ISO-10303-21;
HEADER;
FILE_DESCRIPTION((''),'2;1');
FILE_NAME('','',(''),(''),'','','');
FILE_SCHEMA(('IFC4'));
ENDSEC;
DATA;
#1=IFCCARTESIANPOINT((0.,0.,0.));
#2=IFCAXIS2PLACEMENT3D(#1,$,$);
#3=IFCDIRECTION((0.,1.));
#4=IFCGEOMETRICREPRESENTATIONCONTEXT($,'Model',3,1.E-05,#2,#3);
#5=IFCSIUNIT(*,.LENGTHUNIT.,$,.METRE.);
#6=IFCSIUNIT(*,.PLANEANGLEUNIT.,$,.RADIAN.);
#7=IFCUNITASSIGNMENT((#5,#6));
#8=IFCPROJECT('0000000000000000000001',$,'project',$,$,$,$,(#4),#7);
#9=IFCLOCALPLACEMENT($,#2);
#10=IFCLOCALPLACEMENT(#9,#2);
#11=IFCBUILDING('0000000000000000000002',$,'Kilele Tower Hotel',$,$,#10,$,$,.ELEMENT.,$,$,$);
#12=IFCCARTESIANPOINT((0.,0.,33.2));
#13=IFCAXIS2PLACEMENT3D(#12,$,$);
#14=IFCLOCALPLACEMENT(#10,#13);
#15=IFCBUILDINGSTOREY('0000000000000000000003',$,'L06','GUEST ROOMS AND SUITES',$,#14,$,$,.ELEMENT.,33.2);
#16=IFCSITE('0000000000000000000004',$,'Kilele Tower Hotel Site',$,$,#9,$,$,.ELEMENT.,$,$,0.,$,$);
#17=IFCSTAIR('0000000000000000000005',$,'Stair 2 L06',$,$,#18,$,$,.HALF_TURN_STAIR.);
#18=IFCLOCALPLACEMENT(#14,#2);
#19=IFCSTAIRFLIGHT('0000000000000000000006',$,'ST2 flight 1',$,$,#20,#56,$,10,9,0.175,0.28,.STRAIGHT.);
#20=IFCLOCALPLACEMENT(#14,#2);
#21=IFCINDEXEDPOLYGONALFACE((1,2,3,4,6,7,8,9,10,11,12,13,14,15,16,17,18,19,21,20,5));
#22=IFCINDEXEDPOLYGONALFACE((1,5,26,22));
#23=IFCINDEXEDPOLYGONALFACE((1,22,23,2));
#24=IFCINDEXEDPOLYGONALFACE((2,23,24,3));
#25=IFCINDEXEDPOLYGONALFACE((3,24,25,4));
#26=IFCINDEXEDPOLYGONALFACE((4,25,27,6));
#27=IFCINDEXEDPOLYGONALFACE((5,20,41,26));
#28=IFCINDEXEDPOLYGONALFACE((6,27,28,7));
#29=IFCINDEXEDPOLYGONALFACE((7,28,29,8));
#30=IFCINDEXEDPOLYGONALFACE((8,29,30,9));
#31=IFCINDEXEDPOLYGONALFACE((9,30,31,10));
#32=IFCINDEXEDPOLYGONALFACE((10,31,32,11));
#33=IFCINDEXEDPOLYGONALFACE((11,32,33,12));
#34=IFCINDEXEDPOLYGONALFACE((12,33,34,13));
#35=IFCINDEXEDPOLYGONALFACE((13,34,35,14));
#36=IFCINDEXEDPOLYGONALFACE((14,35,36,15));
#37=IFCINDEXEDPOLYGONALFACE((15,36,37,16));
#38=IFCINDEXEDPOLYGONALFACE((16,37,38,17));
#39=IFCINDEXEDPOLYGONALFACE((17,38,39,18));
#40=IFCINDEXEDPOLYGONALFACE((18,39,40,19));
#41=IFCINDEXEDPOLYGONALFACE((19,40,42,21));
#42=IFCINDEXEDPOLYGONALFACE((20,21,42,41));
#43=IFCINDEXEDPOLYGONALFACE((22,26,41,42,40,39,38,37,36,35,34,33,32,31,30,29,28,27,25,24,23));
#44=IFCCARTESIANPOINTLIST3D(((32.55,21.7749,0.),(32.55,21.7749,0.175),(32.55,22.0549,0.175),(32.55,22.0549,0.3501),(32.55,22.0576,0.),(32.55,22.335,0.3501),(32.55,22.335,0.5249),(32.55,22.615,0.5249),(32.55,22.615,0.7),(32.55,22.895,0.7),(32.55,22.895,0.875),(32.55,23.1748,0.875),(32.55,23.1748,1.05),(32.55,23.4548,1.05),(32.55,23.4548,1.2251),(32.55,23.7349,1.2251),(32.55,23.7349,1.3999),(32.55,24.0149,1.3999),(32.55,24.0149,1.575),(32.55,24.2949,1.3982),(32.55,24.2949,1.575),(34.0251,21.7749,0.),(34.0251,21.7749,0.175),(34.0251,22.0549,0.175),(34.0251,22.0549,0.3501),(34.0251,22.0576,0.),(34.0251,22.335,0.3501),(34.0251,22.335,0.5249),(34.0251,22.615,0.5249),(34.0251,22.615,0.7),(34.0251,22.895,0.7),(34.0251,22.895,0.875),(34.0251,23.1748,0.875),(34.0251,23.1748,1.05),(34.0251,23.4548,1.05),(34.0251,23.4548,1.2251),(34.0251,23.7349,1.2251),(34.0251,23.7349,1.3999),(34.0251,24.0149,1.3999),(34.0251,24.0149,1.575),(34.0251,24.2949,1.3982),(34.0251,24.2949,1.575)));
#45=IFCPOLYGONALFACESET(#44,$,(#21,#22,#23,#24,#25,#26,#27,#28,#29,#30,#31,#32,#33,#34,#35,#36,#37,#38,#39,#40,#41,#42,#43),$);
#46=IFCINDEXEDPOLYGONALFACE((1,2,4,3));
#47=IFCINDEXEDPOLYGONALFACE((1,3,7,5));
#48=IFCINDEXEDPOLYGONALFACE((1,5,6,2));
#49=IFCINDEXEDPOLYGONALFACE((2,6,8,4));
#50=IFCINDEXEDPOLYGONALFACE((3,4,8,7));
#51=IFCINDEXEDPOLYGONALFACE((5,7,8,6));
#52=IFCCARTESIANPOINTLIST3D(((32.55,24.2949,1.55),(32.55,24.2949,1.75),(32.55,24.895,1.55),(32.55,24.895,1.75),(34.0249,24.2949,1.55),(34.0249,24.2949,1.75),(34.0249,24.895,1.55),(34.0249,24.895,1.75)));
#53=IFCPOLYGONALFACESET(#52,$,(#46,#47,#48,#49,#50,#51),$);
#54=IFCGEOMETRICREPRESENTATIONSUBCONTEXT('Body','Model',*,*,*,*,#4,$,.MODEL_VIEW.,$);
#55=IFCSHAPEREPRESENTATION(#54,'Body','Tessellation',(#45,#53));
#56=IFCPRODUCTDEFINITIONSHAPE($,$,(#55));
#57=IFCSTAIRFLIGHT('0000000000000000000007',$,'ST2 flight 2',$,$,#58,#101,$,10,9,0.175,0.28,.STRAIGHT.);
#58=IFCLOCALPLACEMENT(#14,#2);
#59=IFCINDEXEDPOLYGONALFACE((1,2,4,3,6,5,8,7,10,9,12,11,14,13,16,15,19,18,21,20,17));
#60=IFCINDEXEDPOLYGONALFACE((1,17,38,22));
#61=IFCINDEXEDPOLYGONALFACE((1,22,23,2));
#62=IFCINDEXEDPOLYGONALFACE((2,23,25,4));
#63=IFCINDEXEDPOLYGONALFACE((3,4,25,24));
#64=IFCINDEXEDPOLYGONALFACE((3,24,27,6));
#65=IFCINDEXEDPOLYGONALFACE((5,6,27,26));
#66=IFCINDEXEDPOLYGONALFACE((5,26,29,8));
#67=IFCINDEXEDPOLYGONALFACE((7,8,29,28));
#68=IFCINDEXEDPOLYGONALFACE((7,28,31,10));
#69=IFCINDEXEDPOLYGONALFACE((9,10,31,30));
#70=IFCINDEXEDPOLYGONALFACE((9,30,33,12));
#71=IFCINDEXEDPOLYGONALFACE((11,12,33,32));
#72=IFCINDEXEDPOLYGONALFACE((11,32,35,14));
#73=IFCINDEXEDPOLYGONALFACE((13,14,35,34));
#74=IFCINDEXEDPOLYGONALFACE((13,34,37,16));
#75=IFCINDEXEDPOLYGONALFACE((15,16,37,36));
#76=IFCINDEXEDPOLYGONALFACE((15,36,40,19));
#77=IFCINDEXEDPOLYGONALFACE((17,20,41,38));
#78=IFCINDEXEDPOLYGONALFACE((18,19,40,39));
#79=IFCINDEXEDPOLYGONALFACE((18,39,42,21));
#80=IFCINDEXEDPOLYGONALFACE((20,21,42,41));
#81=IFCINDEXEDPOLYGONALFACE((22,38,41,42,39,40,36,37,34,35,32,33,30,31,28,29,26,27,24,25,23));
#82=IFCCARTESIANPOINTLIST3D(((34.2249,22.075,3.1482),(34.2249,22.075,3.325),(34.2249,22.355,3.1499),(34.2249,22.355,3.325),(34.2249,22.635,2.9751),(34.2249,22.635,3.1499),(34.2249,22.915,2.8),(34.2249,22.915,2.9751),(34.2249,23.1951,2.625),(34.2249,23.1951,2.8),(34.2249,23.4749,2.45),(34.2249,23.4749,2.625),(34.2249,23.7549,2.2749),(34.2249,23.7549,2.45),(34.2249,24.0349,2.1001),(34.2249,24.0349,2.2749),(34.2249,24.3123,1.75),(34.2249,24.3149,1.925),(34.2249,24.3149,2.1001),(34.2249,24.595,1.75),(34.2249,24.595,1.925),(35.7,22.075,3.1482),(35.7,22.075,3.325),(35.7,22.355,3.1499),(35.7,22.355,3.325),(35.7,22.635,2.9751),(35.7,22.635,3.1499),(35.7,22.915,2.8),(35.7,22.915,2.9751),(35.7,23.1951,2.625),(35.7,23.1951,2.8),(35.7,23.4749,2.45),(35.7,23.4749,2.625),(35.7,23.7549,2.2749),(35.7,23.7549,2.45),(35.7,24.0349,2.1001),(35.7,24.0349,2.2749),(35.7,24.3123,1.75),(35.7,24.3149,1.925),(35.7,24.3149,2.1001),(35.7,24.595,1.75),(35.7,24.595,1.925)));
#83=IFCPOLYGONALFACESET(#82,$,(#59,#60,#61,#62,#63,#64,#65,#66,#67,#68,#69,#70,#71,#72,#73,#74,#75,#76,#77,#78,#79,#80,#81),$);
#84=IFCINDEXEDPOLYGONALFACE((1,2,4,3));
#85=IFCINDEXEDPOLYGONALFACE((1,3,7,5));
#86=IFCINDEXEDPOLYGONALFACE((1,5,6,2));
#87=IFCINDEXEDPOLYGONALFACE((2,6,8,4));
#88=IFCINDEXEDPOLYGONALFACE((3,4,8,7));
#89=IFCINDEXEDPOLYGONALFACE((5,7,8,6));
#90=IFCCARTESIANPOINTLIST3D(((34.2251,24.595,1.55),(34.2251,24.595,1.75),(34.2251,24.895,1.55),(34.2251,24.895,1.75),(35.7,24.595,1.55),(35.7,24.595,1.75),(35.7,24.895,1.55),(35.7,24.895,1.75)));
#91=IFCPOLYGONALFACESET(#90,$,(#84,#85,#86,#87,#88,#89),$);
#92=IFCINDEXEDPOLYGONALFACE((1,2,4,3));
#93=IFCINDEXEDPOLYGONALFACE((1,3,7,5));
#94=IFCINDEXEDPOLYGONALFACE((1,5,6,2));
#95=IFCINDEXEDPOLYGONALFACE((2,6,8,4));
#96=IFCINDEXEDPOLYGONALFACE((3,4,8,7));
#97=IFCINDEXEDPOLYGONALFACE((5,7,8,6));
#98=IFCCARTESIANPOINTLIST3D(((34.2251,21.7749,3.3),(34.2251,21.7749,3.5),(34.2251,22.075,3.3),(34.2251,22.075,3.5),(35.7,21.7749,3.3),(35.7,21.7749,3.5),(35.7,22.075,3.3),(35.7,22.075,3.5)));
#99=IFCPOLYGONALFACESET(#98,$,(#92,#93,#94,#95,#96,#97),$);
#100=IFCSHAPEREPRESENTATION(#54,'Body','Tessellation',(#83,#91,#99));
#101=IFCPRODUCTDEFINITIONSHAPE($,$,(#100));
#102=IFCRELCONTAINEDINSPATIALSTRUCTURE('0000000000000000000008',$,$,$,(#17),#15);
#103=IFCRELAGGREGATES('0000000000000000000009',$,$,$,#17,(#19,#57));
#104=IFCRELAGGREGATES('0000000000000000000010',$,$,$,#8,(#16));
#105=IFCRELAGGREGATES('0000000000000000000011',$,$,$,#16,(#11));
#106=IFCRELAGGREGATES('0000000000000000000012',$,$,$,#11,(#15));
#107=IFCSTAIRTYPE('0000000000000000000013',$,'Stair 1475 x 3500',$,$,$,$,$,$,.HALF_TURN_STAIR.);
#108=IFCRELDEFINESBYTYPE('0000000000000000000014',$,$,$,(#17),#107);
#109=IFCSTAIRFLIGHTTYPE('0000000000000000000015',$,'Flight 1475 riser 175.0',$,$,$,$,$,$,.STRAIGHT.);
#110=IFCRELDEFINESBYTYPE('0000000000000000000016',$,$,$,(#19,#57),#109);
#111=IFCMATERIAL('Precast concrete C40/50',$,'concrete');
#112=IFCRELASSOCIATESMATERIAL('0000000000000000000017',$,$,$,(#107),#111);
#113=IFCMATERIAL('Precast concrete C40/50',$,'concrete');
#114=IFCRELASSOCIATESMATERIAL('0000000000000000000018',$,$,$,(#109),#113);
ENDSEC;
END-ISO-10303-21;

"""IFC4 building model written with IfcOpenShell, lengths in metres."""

from ifc_helpers import new_model, si_unit, direction, frame, origin, place, context, subcontext, project, spatial, polyline, outline, extrude, material, type_object, element, aggregate, save


model = new_model("IFC4")

# Units and contexts
model_context = context("Model", 3, precision=1e-05, world=origin(), true_north=direction((0.0, 1.0)))
body_context = subcontext(model_context, "Body", "Model", "MODEL_VIEW")
ifc_project = project(units=[si_unit("LENGTHUNIT", "METRE"), si_unit("PLANEANGLEUNIT", "RADIAN")], contexts=[model_context])

# Site, building, storey
site_placement = place(None, origin())
site = spatial("IfcSite", under=ifc_project, at=site_placement, Name="Kilele Tower Hotel Site", CompositionType="ELEMENT", RefElevation=0.0)
building_placement = place(site_placement, origin())
building = spatial("IfcBuilding", under=site, at=building_placement, Name="Kilele Tower Hotel", CompositionType="ELEMENT")
storey_placement = place(building_placement, frame((0.0, 0.0, 33.2)))
storey = spatial("IfcBuildingStorey", under=building, at=storey_placement, Name="L06", Description="GUEST ROOMS AND SUITES", CompositionType="ELEMENT", Elevation=33.2)

# Stair, stair flights
ifc_material_1 = material(Name="Precast concrete C40/50", Category="concrete")
stair_type = type_object("IfcStairType", Name="Stair 1475 x 3500", PredefinedType="HALF_TURN_STAIR", material=ifc_material_1)
stair_placement = place(storey_placement, origin())
stair = element("IfcStair", 1, at=stair_placement, inside=storey, type_object=stair_type, Name="Stair 2 L06", PredefinedType="HALF_TURN_STAIR")
ifc_material_2 = material(Name="Precast concrete C40/50", Category="concrete")
stair_flight_type = type_object("IfcStairFlightType", Name="Flight 1475 riser 175.0", PredefinedType="STRAIGHT", material=ifc_material_2)
stair_flight_1_placement = place(storey_placement, frame((33.2876, 21.7749, 0.0), z_axis=(0.0, 0.0, 1.0), x_axis=(0.0, 1.0, 0.0)))
stair_flight_1 = element("IfcStairFlight", 2, at=stair_flight_1_placement, type_object=stair_flight_type, Name="ST2 flight 1", NumberOfRisers=10, NumberOfTreads=9, PredefinedType="STRAIGHT", RiserHeight=0.175, TreadLength=0.28, context=body_context, shape_type="SweptSolid", body=[
    extrude(outline(polyline([(0.0, 0.0), (0.0, 0.175), (0.28, 0.175), (0.28, 0.3501), (0.5601, 0.3501), (0.5601, 0.5249), (0.8401, 0.5249), (0.8401, 0.7), (1.1201, 0.7), (1.1201, 0.875), (1.3999, 0.875), (1.3999, 1.05), (1.6799, 1.05), (1.6799, 1.2251), (1.96, 1.2251), (1.96, 1.3999), (2.24, 1.3999), (2.24, 1.575), (2.52, 1.575), (2.52, 1.75), (2.52, 1.3982), (0.2827, 0.0), (0.0, 0.0)])), frame((0.0, 0.7375, 0.0), z_axis=(0.0, -1.0, 0.0), x_axis=(1.0, 0.0, 0.0)), (0.0, 0.0, 1.0), 1.4751),
    extrude(outline(polyline([(2.52, 0.7375), (2.52, -0.7373), (3.1201, -0.7373), (3.1201, 0.7375), (2.52, 0.7375)])), frame((0.0, 0.0, 1.55)), (0.0, 0.0, 1.0), 0.2),
])
stair_flight_2_placement = place(storey_placement, frame((34.9624, 24.595, 1.75), z_axis=(0.0, 0.0, 1.0), x_axis=(0.0, -1.0, 0.0)))
stair_flight_2 = element("IfcStairFlight", 3, at=stair_flight_2_placement, type_object=stair_flight_type, Name="ST2 flight 2", NumberOfRisers=10, NumberOfTreads=9, PredefinedType="STRAIGHT", RiserHeight=0.175, TreadLength=0.28, context=body_context, shape_type="SweptSolid", body=[
    extrude(outline(polyline([(0.0, 0.0), (0.0, 0.175), (0.28, 0.175), (0.28, 0.3501), (0.5601, 0.3501), (0.5601, 0.5249), (0.8401, 0.5249), (0.8401, 0.7), (1.1201, 0.7), (1.1201, 0.875), (1.3999, 0.875), (1.3999, 1.05), (1.6799, 1.05), (1.6799, 1.2251), (1.96, 1.2251), (1.96, 1.3999), (2.24, 1.3999), (2.24, 1.575), (2.52, 1.575), (2.52, 1.75), (2.52, 1.3982), (0.2827, 0.0), (0.0, 0.0)])), frame((0.0, 0.7375, 0.0), z_axis=(0.0, -1.0, 0.0), x_axis=(1.0, 0.0, 0.0)), (0.0, 0.0, 1.0), 1.4751),
    extrude(outline(polyline([(0.0, -0.7373), (0.0, 0.7375), (-0.3, 0.7375), (-0.3, -0.7373), (0.0, -0.7373)])), frame((0.0, 0.0, -0.2)), (0.0, 0.0, 1.0), 0.2),
    extrude(outline(polyline([(2.8201, -0.7373), (2.8201, 0.7375), (2.52, 0.7375), (2.52, -0.7373), (2.8201, -0.7373)])), frame((0.0, 0.0, 1.55)), (0.0, 0.0, 1.0), 0.2),
])
aggregate(stair, [stair_flight_1, stair_flight_2])

save(model, "model.ifc")
